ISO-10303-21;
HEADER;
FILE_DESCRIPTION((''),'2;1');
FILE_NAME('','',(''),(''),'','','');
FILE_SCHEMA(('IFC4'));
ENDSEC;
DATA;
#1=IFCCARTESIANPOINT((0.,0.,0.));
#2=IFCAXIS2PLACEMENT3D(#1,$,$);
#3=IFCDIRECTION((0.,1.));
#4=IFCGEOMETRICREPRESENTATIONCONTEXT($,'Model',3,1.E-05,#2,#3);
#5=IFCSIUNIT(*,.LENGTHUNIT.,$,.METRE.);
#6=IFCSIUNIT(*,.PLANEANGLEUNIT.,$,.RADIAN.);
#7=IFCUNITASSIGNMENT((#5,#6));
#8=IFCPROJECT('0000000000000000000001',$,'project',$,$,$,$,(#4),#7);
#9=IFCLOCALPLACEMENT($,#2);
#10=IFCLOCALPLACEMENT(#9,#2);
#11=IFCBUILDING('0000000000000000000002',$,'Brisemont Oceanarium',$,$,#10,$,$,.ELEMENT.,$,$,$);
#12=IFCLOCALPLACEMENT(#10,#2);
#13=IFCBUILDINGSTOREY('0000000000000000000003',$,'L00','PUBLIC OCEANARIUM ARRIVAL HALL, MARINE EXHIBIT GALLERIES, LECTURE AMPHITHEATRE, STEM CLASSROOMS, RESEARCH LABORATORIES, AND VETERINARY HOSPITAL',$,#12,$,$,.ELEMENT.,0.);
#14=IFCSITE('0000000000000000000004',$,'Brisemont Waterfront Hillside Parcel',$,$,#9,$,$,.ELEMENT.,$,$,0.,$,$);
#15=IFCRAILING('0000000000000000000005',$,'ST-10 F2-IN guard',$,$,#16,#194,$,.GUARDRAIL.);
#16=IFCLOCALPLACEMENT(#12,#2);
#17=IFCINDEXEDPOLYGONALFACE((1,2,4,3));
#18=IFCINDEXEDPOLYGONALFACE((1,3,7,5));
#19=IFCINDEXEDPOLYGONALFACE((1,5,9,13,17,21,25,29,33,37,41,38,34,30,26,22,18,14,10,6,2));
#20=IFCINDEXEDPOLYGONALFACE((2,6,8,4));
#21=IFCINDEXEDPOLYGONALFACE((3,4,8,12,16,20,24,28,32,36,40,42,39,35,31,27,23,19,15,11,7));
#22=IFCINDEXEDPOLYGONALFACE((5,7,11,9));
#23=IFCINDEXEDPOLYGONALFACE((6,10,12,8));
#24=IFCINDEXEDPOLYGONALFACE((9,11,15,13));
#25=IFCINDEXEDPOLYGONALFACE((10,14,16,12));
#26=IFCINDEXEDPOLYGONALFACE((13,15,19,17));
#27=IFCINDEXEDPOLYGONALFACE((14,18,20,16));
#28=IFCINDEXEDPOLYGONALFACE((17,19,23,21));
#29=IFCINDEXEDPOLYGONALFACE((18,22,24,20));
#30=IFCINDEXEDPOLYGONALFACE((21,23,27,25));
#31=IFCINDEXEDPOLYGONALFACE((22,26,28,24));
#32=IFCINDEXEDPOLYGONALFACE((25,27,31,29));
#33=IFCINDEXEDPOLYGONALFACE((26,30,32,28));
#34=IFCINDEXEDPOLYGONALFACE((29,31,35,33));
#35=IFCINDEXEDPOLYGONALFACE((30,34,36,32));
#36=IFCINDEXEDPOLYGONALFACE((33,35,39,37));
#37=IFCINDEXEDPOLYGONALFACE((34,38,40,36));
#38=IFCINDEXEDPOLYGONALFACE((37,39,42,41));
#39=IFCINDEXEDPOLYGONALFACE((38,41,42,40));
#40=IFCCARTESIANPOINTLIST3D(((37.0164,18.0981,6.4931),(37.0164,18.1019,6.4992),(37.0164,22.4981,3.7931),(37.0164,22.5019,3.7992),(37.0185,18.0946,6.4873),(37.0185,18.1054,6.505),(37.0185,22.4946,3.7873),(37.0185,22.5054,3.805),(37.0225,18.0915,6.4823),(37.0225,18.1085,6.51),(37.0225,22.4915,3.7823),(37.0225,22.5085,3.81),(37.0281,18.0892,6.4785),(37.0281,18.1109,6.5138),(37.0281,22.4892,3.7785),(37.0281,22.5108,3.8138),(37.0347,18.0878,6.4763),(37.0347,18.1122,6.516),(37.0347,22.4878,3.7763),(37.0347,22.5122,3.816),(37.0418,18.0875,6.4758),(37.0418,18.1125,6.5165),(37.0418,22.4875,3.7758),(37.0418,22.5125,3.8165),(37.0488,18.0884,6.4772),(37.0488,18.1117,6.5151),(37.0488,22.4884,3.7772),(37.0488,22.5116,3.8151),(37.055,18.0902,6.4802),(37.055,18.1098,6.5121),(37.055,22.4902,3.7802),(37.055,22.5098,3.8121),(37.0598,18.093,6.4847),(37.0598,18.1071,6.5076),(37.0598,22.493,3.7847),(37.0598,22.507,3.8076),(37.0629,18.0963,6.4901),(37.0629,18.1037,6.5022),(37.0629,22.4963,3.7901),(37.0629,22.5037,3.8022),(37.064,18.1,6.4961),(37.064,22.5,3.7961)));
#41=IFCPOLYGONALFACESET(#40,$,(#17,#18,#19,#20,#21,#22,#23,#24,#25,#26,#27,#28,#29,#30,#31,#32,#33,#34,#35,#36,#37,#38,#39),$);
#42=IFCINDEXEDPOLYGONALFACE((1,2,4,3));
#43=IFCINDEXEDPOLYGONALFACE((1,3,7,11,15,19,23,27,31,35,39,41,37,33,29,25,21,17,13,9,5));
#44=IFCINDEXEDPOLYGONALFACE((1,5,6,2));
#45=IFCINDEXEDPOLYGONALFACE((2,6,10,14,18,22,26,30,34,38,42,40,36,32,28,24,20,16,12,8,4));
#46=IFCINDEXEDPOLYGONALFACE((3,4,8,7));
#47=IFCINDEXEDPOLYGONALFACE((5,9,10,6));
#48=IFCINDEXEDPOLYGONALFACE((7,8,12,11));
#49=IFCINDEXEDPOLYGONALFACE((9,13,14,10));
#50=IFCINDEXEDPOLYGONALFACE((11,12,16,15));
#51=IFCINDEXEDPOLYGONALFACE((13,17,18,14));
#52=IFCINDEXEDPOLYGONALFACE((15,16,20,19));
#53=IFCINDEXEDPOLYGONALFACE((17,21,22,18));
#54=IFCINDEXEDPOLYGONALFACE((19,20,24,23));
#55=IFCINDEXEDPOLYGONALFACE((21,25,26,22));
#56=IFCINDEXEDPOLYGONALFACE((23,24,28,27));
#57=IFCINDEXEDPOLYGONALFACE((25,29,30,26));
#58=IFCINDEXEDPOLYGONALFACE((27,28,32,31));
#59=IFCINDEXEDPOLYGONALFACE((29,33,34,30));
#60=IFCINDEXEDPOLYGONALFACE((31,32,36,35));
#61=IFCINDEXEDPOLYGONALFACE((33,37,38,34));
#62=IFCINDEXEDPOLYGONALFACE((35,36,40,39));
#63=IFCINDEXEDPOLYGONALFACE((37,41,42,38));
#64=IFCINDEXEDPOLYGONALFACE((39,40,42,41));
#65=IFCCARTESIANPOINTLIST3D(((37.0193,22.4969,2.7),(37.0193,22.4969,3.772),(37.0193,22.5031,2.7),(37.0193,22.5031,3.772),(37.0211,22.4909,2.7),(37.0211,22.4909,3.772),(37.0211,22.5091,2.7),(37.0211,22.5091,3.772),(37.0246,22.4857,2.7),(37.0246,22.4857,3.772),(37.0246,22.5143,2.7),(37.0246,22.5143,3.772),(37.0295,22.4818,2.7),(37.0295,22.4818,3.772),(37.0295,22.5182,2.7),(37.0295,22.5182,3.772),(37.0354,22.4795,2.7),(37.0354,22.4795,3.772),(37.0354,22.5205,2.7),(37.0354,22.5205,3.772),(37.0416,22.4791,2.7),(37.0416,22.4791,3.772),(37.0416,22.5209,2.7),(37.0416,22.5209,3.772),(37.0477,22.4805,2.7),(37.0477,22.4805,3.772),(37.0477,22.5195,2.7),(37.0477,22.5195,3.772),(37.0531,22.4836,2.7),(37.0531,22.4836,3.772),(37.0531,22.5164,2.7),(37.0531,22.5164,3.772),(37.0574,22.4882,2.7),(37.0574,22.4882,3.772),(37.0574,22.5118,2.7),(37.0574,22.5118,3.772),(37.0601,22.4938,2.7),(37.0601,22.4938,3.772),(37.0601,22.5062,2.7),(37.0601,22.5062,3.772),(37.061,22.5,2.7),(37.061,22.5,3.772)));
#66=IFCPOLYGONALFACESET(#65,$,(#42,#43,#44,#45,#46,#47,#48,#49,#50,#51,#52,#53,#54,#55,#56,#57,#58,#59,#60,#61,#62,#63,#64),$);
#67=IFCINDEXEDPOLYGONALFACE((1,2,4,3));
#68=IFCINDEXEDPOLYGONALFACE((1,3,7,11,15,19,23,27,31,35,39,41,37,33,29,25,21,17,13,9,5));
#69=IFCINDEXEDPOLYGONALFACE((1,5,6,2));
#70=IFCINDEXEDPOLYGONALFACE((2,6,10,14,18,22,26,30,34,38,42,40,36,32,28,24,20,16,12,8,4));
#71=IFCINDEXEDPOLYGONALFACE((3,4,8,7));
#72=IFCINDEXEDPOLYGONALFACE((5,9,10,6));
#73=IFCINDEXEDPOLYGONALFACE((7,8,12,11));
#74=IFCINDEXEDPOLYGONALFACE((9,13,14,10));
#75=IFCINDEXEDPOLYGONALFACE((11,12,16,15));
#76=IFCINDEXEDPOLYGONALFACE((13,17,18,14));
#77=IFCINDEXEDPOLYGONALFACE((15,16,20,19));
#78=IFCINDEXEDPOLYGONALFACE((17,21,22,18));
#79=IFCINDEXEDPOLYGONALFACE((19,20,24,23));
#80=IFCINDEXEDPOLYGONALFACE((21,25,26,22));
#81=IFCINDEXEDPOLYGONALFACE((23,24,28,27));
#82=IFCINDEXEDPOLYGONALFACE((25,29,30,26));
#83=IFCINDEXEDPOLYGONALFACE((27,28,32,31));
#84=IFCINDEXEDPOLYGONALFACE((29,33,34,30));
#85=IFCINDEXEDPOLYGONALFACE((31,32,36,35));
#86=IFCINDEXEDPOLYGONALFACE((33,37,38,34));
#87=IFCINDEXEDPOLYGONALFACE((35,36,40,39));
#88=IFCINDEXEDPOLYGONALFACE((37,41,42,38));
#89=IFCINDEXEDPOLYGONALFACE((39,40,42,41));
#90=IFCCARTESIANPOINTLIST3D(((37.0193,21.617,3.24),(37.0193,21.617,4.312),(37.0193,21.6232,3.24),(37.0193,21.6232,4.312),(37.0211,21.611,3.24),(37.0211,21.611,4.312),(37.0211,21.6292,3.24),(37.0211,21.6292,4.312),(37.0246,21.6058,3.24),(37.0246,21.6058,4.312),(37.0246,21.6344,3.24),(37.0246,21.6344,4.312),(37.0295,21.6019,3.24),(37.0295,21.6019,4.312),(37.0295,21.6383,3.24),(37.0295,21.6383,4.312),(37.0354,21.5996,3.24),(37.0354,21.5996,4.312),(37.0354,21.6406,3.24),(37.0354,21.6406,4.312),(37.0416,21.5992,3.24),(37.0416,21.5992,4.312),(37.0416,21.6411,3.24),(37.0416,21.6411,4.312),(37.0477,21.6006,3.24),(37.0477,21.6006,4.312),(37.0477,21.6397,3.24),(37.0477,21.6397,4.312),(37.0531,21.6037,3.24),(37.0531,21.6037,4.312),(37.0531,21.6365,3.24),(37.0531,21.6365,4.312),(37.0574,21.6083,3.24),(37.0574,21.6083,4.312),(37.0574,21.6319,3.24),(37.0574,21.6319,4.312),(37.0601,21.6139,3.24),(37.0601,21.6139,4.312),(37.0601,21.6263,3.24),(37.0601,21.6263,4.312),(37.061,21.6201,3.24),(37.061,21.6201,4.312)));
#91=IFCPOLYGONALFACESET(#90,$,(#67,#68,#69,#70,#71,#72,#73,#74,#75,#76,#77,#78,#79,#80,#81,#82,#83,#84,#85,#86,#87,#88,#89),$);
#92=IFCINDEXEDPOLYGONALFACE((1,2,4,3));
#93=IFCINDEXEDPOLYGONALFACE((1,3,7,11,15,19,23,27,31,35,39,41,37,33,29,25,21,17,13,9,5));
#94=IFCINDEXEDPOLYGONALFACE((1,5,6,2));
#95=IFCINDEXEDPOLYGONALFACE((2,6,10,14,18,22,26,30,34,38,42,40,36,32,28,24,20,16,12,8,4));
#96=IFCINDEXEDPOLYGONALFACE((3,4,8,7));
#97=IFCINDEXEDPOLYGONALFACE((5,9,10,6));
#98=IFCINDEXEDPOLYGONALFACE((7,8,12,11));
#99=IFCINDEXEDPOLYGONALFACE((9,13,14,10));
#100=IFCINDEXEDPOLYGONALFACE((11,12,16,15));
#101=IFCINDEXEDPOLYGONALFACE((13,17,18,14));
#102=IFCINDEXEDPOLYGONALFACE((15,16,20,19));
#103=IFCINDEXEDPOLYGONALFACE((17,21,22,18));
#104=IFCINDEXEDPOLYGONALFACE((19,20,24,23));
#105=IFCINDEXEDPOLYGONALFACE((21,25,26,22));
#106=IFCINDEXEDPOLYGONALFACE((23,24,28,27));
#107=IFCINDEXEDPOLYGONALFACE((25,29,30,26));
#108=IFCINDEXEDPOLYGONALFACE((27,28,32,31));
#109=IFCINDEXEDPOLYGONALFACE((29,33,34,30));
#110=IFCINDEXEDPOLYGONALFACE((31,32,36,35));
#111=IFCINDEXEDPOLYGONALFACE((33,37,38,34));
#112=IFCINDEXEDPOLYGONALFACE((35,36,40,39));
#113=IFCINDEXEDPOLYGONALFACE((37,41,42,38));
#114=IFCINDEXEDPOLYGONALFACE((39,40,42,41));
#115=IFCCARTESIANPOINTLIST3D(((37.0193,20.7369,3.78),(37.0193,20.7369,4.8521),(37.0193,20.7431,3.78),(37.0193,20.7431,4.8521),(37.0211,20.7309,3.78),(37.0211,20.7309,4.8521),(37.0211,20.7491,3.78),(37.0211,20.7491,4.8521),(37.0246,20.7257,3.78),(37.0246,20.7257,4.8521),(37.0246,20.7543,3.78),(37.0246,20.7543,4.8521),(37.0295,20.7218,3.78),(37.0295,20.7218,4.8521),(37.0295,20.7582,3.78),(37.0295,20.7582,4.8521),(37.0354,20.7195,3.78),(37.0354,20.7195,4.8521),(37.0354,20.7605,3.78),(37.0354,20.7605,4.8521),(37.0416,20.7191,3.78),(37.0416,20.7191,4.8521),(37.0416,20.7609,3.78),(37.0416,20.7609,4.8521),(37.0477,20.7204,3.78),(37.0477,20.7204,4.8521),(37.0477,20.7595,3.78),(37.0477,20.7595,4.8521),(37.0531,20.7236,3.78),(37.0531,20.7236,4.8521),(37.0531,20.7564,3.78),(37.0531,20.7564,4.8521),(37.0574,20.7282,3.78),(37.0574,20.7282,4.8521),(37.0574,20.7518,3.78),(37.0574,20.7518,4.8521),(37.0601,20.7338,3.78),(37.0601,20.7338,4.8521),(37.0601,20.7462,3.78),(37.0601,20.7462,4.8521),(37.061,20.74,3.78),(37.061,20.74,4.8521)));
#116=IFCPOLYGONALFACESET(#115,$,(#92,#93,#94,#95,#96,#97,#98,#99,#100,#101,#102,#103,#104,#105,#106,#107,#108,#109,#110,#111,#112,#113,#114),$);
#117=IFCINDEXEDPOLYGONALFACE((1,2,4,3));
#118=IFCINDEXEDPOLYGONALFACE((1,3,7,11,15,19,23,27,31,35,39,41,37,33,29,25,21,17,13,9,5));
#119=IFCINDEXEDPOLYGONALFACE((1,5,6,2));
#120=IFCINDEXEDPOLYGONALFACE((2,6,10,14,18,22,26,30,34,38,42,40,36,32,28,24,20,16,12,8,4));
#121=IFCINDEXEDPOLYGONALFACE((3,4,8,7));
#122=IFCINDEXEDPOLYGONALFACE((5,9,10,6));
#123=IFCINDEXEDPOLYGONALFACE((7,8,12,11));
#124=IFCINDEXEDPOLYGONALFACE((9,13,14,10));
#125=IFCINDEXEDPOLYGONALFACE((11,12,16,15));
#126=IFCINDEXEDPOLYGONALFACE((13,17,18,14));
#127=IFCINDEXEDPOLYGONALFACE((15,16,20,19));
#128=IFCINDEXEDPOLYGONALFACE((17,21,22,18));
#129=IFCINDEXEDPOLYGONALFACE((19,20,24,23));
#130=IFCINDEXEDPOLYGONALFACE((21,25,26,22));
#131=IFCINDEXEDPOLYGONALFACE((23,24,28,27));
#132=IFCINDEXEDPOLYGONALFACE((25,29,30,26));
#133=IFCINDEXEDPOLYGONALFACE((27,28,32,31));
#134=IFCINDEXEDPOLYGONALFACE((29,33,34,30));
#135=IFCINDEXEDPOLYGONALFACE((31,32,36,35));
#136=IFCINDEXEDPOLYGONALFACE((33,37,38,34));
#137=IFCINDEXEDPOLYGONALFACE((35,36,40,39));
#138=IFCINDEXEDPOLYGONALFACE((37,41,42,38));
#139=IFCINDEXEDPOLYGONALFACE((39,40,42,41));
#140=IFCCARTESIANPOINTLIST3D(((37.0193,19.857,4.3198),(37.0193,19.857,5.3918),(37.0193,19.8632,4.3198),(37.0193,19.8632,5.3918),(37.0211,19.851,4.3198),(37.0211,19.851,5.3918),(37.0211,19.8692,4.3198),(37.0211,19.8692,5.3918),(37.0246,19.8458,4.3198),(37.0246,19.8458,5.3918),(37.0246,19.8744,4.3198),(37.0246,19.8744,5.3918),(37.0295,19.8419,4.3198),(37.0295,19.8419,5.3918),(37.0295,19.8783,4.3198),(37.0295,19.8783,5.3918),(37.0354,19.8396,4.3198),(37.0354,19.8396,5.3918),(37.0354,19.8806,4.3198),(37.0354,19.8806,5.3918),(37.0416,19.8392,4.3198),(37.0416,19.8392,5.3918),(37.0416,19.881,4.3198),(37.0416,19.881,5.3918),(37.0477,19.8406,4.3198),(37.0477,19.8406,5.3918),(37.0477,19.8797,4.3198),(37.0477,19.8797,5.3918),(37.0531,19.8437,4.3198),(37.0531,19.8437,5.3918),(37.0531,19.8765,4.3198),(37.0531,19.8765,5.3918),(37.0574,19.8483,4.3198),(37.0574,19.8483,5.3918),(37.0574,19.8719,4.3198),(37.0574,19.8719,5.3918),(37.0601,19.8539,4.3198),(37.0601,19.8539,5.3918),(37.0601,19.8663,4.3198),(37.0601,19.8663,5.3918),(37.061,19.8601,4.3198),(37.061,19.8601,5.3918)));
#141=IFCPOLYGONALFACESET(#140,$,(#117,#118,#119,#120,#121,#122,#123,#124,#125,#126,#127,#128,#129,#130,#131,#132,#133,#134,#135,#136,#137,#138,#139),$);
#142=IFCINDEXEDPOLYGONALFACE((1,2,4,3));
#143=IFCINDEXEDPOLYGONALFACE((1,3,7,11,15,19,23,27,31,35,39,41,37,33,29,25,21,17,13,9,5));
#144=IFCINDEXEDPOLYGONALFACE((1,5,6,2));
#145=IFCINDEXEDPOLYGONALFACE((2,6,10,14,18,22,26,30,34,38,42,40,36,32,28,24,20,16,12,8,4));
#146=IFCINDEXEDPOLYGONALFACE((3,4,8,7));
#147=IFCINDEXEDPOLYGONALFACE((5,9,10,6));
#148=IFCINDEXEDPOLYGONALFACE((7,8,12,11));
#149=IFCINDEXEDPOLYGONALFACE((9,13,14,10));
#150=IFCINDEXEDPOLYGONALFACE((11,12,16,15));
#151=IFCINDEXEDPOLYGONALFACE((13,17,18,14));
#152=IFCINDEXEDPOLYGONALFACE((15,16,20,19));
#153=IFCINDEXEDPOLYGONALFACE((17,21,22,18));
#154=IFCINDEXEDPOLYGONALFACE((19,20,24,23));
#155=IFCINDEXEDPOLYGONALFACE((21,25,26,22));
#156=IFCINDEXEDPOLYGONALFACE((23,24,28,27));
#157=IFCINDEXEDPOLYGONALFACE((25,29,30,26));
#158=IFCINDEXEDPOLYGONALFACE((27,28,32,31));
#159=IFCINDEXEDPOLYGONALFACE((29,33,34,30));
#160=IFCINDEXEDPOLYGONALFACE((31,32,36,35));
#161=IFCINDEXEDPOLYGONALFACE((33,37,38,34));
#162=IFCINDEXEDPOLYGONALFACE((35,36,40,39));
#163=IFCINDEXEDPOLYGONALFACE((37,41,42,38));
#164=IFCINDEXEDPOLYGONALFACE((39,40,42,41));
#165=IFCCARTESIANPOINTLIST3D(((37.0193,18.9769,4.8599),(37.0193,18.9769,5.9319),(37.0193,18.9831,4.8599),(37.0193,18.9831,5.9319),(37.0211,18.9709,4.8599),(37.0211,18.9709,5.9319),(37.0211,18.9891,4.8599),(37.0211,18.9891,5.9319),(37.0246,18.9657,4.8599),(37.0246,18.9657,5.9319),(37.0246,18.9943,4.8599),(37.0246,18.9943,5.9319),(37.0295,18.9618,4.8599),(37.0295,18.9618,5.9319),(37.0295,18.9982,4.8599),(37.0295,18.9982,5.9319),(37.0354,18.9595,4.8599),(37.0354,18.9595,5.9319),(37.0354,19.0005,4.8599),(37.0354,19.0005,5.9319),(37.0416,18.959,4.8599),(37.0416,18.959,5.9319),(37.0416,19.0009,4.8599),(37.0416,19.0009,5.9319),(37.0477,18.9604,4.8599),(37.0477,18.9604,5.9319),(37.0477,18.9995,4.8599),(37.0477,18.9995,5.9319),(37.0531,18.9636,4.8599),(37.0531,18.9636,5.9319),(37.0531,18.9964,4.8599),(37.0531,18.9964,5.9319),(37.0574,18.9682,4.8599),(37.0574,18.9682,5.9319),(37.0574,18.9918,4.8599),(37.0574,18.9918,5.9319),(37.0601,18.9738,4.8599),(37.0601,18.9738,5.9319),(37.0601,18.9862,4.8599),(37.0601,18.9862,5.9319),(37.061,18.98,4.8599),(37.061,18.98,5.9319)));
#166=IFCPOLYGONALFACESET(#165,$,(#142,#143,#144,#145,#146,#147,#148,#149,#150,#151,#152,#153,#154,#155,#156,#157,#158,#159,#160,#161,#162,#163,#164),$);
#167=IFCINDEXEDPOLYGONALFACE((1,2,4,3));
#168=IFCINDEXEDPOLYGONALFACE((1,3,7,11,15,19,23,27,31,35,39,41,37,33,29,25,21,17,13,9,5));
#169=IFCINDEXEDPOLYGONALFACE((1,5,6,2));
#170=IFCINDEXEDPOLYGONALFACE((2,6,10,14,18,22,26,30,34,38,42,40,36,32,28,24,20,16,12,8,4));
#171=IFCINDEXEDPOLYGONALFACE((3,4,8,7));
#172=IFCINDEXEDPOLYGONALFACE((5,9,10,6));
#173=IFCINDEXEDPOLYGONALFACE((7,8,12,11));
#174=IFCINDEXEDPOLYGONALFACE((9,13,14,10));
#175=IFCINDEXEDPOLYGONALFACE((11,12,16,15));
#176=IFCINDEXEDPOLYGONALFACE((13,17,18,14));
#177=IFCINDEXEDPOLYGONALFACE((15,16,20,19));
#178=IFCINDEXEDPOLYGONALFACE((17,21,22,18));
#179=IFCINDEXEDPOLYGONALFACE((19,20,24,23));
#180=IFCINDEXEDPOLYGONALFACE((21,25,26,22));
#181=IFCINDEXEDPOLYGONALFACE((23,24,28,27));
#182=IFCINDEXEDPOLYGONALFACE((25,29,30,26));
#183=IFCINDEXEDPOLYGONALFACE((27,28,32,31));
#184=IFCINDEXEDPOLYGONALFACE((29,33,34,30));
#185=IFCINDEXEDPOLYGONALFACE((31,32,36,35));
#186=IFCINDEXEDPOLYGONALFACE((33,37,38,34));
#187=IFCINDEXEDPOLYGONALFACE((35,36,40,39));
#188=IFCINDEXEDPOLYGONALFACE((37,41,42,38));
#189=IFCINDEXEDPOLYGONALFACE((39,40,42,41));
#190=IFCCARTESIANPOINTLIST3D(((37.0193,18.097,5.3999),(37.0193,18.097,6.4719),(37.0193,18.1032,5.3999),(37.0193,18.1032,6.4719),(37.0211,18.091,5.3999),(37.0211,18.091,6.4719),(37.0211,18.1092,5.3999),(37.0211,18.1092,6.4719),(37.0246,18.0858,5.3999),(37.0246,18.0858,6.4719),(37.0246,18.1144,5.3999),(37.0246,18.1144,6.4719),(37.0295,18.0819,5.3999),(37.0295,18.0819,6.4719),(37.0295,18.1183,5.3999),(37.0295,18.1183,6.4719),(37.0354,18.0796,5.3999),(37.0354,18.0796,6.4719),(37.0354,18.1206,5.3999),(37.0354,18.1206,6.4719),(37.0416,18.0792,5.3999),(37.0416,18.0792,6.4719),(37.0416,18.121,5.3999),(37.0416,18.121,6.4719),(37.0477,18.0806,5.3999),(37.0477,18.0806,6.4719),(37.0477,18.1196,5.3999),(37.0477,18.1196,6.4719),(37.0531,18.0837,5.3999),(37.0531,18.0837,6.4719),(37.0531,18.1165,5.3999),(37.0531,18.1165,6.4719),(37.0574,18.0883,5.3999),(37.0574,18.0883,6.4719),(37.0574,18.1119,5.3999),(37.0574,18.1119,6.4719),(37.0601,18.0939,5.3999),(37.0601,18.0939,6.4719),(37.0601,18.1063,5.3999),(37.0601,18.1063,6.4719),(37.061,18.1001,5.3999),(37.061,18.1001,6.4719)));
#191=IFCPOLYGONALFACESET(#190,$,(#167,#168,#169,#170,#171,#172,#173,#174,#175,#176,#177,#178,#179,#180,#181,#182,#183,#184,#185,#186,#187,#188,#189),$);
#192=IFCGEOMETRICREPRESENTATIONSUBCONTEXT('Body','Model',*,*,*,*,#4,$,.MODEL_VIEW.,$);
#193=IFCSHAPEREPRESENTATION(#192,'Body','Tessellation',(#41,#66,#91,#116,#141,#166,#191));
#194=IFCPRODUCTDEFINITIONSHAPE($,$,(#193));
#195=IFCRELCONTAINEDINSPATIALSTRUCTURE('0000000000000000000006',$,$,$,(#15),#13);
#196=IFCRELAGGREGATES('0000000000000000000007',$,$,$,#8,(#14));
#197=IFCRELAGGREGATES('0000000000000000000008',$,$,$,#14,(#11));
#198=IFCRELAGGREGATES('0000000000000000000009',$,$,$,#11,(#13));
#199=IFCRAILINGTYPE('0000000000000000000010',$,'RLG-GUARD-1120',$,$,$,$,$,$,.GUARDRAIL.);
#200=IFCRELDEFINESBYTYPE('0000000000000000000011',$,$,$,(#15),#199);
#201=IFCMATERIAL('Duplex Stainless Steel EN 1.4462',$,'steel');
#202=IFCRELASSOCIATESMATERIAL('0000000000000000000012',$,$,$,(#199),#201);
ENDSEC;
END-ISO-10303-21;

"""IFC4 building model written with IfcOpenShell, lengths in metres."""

from ifc_helpers import new_model, si_unit, direction, frame, origin, origin_2d, place, context, subcontext, project, spatial, circle, extrude, material, type_object, element, save


model = new_model("IFC4")

# Units and contexts
model_context = context("Model", 3, precision=1e-05, world=origin(), true_north=direction((0.0, 1.0)))
body_context = subcontext(model_context, "Body", "Model", "MODEL_VIEW")
ifc_project = project(units=[si_unit("LENGTHUNIT", "METRE"), si_unit("PLANEANGLEUNIT", "RADIAN")], contexts=[model_context])

# Site, building, storey
site_placement = place(None, origin())
site = spatial("IfcSite", under=ifc_project, at=site_placement, Name="Brisemont Waterfront Hillside Parcel", CompositionType="ELEMENT", RefElevation=0.0)
building_placement = place(site_placement, origin())
building = spatial("IfcBuilding", under=site, at=building_placement, Name="Brisemont Oceanarium", CompositionType="ELEMENT")
storey_placement = place(building_placement, origin())
storey = spatial("IfcBuildingStorey", under=building, at=storey_placement, Name="L00", Description="PUBLIC OCEANARIUM ARRIVAL HALL, MARINE EXHIBIT GALLERIES, LECTURE AMPHITHEATRE, STEM CLASSROOMS, RESEARCH LABORATORIES, AND VETERINARY HOSPITAL", CompositionType="ELEMENT", Elevation=0.0)

# Railing
ifc_material_1 = material(Name="Duplex Stainless Steel EN 1.4462", Category="steel")
railing_type_1 = type_object("IfcRailingType", Name="RLG-GUARD-1120", PredefinedType="GUARDRAIL", material=ifc_material_1)
for number, where, name in (
    (1, (37.04, 22.5, 2.7), "ST-10 F2-IN guard"),
):
    element("IfcRailing", number, at=place(storey_placement, frame(where)), inside=storey, type_object=railing_type_1, Name=name, PredefinedType="GUARDRAIL", context=body_context, shape_type="SweptSolid", body=[
        extrude(circle(Radius=0.0239, at=origin_2d()), frame((0.0, 0.0, 1.0962), z_axis=(0.0, -0.852322, 0.523018), x_axis=(1.0, 0.0, 0.0)), (0.0, 0.0, 1.0), 5.1624),
        extrude(circle(Radius=0.021, at=origin_2d()), origin(), (0.0, 0.0, 1.0), 1.072),
        extrude(circle(Radius=0.021, at=origin_2d()), frame((0.0, -0.8799, 0.54)), (0.0, 0.0, 1.0), 1.072),
        extrude(circle(Radius=0.021, at=origin_2d()), frame((0.0, -1.76, 1.0801)), (0.0, 0.0, 1.0), 1.072),
        extrude(circle(Radius=0.021, at=origin_2d()), frame((0.0, -2.6399, 1.6199)), (0.0, 0.0, 1.0), 1.072),
        extrude(circle(Radius=0.021, at=origin_2d()), frame((0.0, -3.52, 2.1599)), (0.0, 0.0, 1.0), 1.072),
        extrude(circle(Radius=0.021, at=origin_2d()), frame((0.0, -4.3999, 2.7)), (0.0, 0.0, 1.0), 1.072),
    ])

save(model, "model.ifc")
